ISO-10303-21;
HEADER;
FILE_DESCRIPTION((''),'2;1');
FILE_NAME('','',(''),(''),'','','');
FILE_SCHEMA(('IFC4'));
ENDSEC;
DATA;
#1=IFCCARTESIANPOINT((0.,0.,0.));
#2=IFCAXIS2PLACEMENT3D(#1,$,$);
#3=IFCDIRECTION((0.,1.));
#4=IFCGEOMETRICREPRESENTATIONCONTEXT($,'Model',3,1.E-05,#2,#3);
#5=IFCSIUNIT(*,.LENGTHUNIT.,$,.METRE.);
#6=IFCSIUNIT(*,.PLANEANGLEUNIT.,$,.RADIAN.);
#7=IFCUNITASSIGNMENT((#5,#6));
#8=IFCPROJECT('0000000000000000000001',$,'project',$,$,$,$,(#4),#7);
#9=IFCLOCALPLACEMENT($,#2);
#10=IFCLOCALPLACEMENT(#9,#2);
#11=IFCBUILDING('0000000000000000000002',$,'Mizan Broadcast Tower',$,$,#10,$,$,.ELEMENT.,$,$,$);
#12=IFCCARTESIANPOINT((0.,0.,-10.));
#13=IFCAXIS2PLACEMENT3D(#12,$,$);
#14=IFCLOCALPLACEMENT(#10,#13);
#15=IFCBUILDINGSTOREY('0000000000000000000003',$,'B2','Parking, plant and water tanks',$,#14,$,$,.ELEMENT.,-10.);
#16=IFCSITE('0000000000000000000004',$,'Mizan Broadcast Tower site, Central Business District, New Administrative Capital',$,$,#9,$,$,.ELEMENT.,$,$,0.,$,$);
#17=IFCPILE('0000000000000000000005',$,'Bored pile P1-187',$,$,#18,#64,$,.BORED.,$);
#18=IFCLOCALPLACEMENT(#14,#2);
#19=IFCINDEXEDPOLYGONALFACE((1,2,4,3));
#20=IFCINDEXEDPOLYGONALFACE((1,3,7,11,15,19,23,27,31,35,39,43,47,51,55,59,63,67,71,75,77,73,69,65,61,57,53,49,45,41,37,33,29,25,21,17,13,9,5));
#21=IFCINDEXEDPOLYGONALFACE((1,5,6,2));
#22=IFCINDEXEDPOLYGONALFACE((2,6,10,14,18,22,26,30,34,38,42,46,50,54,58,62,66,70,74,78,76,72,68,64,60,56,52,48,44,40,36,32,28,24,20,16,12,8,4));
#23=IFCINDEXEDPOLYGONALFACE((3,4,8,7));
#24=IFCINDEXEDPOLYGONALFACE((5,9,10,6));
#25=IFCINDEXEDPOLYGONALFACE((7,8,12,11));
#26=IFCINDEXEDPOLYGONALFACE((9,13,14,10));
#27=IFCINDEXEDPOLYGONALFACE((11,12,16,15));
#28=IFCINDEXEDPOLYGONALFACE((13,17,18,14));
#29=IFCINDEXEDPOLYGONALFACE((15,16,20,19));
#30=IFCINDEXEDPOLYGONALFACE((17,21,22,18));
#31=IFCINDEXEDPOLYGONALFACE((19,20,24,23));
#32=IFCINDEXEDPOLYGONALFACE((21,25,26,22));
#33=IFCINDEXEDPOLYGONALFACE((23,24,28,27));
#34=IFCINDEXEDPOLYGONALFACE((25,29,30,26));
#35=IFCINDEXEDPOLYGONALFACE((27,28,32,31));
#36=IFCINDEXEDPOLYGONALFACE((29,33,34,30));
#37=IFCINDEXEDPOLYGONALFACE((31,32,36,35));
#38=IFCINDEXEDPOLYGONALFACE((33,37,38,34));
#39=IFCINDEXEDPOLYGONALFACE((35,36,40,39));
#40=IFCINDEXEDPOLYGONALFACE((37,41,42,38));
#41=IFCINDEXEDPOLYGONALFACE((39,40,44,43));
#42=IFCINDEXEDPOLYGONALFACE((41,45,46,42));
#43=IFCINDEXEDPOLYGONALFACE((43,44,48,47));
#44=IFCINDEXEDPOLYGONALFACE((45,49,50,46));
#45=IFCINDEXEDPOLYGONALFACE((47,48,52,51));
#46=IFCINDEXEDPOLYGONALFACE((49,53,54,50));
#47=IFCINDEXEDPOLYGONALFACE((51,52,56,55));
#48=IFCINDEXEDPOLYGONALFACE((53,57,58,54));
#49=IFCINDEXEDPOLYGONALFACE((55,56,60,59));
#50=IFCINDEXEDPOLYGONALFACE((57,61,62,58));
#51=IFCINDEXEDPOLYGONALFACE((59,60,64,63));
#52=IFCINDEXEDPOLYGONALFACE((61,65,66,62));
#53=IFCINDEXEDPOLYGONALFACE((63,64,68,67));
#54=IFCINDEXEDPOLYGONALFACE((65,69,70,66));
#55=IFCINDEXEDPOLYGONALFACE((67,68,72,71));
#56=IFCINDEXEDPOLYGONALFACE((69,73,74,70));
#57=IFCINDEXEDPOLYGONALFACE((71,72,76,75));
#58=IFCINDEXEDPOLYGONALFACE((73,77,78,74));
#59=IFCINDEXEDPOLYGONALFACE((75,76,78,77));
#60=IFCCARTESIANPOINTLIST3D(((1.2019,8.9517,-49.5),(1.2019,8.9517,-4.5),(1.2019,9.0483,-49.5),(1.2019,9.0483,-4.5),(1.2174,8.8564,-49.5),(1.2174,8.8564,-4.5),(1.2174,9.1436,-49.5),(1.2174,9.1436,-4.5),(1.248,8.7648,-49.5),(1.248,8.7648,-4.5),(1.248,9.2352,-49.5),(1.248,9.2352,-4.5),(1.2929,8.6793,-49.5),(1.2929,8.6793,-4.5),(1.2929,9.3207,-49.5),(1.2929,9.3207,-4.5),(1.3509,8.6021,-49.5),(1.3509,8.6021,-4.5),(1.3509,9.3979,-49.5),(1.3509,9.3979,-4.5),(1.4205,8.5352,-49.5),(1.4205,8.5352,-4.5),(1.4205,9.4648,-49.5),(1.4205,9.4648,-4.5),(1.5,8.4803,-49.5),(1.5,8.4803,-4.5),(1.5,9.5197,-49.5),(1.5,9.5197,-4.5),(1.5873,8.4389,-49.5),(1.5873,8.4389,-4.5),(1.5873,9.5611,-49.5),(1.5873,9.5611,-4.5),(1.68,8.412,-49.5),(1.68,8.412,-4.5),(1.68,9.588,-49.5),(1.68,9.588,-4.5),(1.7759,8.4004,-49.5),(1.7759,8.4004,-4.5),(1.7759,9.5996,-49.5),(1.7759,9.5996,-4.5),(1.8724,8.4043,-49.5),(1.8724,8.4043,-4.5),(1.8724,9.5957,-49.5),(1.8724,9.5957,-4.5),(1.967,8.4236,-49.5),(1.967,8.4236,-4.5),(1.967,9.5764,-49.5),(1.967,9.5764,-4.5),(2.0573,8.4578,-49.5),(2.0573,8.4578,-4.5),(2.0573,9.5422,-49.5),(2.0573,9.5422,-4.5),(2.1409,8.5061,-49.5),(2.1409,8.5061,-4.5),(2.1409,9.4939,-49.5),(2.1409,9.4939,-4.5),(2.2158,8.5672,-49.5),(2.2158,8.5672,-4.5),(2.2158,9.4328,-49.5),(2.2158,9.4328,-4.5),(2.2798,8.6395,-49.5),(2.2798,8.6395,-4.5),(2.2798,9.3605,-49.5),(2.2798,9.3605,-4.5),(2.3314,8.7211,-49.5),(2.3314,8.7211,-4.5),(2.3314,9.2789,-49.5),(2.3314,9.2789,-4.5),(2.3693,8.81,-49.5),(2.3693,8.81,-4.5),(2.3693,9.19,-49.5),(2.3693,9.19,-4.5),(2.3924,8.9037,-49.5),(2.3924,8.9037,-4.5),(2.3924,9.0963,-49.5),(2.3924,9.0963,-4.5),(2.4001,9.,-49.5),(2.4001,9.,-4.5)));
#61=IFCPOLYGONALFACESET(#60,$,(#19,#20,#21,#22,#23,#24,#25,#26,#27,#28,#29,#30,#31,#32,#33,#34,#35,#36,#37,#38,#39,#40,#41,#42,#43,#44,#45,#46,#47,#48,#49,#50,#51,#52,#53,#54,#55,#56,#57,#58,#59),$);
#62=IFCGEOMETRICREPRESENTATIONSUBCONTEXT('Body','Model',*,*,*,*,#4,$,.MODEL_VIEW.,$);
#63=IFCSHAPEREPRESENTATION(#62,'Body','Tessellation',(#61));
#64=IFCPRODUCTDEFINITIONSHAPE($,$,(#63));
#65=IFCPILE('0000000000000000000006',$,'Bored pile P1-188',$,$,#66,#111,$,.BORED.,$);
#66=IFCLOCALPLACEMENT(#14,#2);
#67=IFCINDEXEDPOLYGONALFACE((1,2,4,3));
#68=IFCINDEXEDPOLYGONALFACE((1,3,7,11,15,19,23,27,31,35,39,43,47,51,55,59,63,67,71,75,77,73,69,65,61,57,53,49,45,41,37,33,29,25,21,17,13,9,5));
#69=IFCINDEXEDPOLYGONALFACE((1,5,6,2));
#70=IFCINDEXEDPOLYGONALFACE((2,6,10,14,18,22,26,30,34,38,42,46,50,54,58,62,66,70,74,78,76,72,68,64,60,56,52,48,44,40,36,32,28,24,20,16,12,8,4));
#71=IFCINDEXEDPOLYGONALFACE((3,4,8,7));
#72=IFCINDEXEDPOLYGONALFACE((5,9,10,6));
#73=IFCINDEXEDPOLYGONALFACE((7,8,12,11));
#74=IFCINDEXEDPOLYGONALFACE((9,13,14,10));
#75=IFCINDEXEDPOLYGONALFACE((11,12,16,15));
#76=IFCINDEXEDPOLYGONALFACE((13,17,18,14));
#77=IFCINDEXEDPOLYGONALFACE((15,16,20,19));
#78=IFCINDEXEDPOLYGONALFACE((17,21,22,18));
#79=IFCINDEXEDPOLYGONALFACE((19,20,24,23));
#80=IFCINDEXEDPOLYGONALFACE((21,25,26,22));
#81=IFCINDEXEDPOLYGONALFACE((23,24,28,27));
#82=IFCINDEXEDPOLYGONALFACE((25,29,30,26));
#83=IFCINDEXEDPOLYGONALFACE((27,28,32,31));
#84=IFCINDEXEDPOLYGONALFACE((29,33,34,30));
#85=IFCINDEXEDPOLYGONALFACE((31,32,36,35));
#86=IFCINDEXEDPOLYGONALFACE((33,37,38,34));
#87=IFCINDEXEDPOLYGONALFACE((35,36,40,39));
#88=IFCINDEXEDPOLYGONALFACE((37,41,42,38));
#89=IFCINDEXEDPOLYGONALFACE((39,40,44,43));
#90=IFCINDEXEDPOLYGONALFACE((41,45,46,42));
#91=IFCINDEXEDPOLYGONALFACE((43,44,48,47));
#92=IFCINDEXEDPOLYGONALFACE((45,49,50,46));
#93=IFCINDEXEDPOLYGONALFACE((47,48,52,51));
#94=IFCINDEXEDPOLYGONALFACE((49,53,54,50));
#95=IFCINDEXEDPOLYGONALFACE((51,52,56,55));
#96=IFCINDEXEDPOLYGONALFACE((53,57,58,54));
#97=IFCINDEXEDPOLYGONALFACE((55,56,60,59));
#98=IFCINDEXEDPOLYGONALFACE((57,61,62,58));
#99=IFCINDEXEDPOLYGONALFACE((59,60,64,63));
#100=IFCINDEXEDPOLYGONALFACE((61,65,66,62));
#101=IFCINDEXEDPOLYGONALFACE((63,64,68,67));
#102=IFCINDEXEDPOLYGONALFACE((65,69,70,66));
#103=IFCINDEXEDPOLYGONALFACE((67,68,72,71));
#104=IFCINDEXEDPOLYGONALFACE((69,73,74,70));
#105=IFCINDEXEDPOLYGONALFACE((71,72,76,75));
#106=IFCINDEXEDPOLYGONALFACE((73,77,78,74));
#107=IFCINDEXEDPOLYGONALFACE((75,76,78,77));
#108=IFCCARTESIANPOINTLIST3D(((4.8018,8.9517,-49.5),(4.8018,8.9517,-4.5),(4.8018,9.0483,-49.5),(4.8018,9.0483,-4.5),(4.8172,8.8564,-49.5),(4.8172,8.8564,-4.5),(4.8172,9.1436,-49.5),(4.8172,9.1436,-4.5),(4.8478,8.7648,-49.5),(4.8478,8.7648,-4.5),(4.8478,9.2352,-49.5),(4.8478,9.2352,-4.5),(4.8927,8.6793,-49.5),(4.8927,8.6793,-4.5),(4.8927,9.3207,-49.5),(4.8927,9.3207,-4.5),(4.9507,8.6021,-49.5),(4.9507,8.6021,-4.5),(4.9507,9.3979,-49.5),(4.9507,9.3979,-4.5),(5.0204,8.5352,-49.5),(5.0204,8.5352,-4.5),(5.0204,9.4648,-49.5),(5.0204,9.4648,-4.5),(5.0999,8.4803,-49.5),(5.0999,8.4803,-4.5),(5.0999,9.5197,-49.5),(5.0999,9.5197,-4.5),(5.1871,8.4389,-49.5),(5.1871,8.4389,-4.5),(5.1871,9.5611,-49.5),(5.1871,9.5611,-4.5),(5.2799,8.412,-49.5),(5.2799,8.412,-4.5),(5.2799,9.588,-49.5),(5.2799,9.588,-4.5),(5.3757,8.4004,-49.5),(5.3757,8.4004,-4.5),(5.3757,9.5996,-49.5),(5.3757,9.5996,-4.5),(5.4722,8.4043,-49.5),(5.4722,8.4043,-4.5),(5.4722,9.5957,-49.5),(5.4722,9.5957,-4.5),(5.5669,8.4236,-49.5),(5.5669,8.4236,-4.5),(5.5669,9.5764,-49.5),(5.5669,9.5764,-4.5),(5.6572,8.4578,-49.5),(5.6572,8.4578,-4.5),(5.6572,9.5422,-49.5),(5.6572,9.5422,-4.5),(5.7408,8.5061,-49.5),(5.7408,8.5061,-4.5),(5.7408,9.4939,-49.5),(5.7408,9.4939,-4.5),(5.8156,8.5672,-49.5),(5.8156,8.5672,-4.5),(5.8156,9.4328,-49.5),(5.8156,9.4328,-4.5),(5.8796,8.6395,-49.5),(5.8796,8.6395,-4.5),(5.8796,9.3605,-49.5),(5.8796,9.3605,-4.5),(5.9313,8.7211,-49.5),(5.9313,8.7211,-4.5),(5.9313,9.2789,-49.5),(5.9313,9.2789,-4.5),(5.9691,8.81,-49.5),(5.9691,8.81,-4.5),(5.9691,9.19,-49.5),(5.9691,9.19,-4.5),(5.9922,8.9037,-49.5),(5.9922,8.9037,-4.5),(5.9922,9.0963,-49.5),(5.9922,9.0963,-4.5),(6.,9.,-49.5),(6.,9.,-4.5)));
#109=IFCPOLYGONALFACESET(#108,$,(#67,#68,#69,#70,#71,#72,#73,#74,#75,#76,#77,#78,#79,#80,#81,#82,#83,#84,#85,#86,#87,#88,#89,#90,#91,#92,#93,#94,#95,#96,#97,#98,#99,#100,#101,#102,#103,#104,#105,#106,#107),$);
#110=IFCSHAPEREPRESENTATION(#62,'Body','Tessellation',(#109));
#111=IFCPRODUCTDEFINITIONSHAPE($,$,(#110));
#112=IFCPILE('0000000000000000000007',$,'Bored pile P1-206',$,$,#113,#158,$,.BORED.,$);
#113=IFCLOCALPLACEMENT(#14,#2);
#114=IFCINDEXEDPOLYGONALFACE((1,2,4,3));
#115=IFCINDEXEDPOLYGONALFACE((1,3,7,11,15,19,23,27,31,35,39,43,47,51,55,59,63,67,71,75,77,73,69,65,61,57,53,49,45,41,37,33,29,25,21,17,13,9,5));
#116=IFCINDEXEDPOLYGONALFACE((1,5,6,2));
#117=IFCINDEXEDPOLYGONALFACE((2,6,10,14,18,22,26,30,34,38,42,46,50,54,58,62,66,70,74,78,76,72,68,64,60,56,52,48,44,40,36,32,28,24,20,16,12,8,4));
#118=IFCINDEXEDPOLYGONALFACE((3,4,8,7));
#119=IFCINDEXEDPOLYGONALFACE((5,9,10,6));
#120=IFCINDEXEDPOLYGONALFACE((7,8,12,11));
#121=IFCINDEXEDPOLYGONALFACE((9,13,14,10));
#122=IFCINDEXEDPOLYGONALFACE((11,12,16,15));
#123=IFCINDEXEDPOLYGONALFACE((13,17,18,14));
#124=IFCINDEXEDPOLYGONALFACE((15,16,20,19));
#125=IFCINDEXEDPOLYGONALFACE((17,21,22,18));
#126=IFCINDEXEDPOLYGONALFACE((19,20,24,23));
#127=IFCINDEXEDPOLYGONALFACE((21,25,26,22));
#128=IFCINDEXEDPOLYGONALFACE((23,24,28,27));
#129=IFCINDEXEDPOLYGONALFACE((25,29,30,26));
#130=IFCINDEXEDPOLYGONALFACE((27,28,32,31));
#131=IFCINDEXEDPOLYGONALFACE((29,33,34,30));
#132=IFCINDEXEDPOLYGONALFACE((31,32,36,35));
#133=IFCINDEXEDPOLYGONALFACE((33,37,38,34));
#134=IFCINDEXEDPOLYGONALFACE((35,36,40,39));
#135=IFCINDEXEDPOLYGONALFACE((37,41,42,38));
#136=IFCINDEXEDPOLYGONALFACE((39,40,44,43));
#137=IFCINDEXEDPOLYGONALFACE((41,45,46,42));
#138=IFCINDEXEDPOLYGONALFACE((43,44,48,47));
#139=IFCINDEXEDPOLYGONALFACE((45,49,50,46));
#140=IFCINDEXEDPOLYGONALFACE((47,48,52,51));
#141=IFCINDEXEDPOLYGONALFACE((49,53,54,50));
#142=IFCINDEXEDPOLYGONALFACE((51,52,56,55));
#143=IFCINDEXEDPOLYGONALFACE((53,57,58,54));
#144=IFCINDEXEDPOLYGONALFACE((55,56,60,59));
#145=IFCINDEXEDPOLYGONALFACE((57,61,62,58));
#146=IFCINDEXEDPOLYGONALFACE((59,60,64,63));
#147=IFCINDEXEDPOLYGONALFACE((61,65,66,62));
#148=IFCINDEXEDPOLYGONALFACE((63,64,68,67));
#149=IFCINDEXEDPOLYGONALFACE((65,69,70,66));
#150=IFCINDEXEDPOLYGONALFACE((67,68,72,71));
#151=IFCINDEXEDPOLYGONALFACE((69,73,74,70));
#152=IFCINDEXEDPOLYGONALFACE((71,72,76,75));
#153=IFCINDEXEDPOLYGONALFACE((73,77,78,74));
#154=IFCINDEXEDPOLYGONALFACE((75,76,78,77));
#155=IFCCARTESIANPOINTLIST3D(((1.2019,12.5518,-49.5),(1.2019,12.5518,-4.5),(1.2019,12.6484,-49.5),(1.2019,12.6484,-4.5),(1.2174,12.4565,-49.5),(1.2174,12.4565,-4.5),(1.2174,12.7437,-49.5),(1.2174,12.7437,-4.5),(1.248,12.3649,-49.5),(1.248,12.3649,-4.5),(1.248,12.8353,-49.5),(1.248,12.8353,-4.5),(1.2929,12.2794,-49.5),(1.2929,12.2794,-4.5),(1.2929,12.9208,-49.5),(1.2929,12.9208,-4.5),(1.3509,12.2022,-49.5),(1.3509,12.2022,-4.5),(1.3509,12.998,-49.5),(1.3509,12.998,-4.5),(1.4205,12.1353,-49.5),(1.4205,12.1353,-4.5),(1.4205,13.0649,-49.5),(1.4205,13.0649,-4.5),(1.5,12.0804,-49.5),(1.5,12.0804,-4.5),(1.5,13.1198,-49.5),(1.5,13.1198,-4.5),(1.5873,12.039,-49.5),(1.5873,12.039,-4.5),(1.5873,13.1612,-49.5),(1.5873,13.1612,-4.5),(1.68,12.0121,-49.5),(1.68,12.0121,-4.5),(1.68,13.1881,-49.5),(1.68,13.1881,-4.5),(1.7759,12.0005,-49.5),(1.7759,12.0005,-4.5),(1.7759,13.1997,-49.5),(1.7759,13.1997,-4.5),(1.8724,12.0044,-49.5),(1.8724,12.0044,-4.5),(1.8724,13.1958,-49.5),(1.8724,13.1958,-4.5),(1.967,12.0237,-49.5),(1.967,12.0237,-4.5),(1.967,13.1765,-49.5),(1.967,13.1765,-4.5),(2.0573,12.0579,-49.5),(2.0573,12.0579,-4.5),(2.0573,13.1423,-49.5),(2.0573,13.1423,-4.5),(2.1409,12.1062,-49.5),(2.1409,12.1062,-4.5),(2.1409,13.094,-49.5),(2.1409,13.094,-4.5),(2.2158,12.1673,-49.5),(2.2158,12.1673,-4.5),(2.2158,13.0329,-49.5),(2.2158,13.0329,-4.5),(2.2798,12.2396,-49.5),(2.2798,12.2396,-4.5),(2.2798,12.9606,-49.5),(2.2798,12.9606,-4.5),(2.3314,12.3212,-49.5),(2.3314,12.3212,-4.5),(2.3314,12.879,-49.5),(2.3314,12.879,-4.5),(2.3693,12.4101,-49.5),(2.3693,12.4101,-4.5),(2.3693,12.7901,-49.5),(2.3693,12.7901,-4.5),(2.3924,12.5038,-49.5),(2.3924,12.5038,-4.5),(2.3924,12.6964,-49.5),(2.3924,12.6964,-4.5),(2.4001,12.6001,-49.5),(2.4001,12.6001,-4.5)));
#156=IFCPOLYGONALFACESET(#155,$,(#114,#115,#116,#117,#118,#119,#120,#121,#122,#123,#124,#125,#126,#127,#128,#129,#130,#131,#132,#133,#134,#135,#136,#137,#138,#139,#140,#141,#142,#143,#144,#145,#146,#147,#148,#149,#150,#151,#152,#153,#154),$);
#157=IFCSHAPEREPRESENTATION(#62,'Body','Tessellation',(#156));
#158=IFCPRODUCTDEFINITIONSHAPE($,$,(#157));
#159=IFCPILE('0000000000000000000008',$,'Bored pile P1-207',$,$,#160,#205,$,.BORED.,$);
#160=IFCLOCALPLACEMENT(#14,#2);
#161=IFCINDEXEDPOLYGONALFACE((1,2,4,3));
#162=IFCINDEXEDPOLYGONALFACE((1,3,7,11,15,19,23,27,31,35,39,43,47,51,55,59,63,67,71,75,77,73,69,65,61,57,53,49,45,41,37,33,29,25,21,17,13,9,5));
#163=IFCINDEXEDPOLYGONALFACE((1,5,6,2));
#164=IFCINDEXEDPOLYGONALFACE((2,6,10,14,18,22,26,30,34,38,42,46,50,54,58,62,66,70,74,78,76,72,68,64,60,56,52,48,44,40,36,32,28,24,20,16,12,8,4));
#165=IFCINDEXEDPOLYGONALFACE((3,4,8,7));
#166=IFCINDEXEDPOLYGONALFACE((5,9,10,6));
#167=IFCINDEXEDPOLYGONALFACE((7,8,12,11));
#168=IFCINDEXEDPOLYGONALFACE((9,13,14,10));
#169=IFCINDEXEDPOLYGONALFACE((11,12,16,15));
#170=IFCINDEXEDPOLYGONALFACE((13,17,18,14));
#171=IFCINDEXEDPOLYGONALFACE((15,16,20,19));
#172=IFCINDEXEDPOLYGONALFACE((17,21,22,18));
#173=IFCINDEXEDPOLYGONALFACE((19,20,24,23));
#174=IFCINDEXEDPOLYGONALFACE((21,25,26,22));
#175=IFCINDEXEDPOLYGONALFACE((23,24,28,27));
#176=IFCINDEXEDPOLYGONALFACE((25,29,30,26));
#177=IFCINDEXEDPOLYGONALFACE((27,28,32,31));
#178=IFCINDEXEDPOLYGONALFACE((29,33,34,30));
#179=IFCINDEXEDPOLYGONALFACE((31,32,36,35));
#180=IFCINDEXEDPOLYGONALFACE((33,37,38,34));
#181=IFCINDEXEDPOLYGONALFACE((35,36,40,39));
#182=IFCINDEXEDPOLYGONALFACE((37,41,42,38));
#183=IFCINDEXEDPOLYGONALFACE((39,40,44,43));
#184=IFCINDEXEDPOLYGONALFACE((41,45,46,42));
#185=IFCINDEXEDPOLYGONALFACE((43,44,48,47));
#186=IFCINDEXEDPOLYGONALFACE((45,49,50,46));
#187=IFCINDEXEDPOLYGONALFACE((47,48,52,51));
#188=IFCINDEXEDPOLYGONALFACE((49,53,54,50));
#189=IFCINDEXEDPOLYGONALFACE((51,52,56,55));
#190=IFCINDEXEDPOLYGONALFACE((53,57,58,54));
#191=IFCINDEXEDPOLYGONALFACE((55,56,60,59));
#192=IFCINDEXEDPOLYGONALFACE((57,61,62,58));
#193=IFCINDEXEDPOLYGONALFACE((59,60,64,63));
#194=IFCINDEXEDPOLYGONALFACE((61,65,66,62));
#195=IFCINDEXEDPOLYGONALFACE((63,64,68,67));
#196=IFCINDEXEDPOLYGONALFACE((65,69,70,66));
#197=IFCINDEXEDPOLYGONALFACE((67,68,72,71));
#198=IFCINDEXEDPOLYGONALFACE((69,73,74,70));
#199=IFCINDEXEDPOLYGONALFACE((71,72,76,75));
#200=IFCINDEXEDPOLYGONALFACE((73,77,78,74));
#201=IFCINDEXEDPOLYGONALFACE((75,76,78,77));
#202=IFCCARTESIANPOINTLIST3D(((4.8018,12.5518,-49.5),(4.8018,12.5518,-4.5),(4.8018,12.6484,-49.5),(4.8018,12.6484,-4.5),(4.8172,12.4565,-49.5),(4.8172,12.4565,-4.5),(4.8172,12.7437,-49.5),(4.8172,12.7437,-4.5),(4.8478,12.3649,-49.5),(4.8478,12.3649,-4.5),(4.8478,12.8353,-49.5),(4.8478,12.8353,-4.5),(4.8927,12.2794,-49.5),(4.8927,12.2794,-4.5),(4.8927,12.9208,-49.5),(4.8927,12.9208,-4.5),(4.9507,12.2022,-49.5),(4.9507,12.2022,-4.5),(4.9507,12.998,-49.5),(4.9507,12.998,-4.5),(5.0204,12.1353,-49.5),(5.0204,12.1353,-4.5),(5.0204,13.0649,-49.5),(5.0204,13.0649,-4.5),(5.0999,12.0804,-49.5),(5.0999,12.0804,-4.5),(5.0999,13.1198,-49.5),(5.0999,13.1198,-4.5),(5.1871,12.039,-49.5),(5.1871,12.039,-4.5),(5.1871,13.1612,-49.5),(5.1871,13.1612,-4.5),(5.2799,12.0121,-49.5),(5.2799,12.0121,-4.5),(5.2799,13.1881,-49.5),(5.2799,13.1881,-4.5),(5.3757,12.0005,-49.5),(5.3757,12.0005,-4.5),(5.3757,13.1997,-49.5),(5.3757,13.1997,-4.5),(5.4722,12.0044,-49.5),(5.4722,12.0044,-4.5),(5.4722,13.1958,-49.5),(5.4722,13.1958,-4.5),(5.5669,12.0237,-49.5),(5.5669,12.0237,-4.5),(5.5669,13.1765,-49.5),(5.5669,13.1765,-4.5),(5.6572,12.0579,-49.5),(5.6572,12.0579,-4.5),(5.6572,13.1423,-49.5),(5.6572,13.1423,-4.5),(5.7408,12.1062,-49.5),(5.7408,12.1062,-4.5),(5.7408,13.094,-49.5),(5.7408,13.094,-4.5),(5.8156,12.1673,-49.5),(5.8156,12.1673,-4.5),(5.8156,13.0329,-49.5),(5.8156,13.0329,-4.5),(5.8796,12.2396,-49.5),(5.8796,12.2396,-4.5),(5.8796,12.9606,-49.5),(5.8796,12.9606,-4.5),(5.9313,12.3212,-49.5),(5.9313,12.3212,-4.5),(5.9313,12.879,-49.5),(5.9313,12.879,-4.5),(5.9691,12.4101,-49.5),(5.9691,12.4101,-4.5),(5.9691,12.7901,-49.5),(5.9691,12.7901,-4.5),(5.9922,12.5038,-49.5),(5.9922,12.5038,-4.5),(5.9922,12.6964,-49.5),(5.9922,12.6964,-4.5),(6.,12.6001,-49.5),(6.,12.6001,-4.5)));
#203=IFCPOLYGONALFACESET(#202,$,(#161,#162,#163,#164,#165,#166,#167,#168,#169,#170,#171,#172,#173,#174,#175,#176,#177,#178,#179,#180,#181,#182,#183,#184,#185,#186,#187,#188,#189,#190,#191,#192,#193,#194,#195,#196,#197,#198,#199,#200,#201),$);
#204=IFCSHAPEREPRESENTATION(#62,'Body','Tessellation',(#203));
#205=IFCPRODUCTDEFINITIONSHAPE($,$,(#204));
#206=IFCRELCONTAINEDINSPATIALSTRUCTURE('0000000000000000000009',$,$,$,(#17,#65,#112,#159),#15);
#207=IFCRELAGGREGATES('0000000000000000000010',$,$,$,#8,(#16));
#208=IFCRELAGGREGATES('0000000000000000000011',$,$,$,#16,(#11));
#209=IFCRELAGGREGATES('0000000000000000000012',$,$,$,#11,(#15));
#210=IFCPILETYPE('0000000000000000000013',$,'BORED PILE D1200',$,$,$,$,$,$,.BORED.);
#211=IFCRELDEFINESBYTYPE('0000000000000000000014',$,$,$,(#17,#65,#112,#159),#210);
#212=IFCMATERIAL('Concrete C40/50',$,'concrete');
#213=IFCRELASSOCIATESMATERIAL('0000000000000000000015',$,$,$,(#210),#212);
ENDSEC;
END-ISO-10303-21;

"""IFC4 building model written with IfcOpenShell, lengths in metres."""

from ifc_helpers import new_model, si_unit, direction, frame, origin, origin_2d, place, context, subcontext, project, spatial, circle, extrude, material, material_profile, profile_set, type_object, element, save


model = new_model("IFC4")

# Units and contexts
model_context = context("Model", 3, precision=1e-05, world=origin(), true_north=direction((0.0, 1.0)))
body_context = subcontext(model_context, "Body", "Model", "MODEL_VIEW")
ifc_project = project(units=[si_unit("LENGTHUNIT", "METRE"), si_unit("PLANEANGLEUNIT", "RADIAN")], contexts=[model_context])

# Site, building, storey
site_placement = place(None, origin())
site = spatial("IfcSite", under=ifc_project, at=site_placement, Name="Mizan Broadcast Tower site, Central Business District, New Administrative Capital", CompositionType="ELEMENT", RefElevation=0.0)
building_placement = place(site_placement, origin())
building = spatial("IfcBuilding", under=site, at=building_placement, Name="Mizan Broadcast Tower", CompositionType="ELEMENT")
storey_placement = place(building_placement, frame((0.0, 0.0, -10.0)))
storey = spatial("IfcBuildingStorey", under=building, at=storey_placement, Name="B2", Description="Parking, plant and water tanks", CompositionType="ELEMENT", Elevation=-10.0)

# Piles
ifc_material_1 = material(Name="Concrete C40/50", Category="concrete")
ifc_material_profile_1 = material_profile(ifc_material_1, circle(Radius=0.6001, at=origin_2d()), Name="D1200")
ifc_profile_set_1 = profile_set([ifc_material_profile_1], Name="Concrete C40/50")
pile_type = type_object("IfcPileType", Name="BORED PILE D1200", PredefinedType="BORED", material=ifc_profile_set_1)
for number, where, z_axis, x_axis, name in (
    (1, (1.8, 9.0, -4.5), (0.0, 0.0, -1.0), (1.0, 0.0, 0.0), "Bored pile P1-187"),
    (2, (5.3999, 9.0, -4.5), (0.0, 0.0, -1.0), (1.0, 0.0, 0.0), "Bored pile P1-188"),
    (3, (1.8, 12.6001, -4.5), (0.0, 0.0, -1.0), (1.0, 0.0, 0.0), "Bored pile P1-206"),
    (4, (5.3999, 12.6001, -4.5), (0.0, 0.0, -1.0), (1.0, 0.0, 0.0), "Bored pile P1-207"),
):
    element("IfcPile", number, at=place(storey_placement, frame(where, z_axis=z_axis, x_axis=x_axis)), inside=storey, type_object=pile_type, Name=name, PredefinedType="BORED", context=body_context, shape_type="SweptSolid", body=[
        extrude(circle(Radius=0.6001, at=origin_2d()), origin(), (0.0, 0.0, 1.0), 45.0),
    ])

save(model, "model.ifc")
